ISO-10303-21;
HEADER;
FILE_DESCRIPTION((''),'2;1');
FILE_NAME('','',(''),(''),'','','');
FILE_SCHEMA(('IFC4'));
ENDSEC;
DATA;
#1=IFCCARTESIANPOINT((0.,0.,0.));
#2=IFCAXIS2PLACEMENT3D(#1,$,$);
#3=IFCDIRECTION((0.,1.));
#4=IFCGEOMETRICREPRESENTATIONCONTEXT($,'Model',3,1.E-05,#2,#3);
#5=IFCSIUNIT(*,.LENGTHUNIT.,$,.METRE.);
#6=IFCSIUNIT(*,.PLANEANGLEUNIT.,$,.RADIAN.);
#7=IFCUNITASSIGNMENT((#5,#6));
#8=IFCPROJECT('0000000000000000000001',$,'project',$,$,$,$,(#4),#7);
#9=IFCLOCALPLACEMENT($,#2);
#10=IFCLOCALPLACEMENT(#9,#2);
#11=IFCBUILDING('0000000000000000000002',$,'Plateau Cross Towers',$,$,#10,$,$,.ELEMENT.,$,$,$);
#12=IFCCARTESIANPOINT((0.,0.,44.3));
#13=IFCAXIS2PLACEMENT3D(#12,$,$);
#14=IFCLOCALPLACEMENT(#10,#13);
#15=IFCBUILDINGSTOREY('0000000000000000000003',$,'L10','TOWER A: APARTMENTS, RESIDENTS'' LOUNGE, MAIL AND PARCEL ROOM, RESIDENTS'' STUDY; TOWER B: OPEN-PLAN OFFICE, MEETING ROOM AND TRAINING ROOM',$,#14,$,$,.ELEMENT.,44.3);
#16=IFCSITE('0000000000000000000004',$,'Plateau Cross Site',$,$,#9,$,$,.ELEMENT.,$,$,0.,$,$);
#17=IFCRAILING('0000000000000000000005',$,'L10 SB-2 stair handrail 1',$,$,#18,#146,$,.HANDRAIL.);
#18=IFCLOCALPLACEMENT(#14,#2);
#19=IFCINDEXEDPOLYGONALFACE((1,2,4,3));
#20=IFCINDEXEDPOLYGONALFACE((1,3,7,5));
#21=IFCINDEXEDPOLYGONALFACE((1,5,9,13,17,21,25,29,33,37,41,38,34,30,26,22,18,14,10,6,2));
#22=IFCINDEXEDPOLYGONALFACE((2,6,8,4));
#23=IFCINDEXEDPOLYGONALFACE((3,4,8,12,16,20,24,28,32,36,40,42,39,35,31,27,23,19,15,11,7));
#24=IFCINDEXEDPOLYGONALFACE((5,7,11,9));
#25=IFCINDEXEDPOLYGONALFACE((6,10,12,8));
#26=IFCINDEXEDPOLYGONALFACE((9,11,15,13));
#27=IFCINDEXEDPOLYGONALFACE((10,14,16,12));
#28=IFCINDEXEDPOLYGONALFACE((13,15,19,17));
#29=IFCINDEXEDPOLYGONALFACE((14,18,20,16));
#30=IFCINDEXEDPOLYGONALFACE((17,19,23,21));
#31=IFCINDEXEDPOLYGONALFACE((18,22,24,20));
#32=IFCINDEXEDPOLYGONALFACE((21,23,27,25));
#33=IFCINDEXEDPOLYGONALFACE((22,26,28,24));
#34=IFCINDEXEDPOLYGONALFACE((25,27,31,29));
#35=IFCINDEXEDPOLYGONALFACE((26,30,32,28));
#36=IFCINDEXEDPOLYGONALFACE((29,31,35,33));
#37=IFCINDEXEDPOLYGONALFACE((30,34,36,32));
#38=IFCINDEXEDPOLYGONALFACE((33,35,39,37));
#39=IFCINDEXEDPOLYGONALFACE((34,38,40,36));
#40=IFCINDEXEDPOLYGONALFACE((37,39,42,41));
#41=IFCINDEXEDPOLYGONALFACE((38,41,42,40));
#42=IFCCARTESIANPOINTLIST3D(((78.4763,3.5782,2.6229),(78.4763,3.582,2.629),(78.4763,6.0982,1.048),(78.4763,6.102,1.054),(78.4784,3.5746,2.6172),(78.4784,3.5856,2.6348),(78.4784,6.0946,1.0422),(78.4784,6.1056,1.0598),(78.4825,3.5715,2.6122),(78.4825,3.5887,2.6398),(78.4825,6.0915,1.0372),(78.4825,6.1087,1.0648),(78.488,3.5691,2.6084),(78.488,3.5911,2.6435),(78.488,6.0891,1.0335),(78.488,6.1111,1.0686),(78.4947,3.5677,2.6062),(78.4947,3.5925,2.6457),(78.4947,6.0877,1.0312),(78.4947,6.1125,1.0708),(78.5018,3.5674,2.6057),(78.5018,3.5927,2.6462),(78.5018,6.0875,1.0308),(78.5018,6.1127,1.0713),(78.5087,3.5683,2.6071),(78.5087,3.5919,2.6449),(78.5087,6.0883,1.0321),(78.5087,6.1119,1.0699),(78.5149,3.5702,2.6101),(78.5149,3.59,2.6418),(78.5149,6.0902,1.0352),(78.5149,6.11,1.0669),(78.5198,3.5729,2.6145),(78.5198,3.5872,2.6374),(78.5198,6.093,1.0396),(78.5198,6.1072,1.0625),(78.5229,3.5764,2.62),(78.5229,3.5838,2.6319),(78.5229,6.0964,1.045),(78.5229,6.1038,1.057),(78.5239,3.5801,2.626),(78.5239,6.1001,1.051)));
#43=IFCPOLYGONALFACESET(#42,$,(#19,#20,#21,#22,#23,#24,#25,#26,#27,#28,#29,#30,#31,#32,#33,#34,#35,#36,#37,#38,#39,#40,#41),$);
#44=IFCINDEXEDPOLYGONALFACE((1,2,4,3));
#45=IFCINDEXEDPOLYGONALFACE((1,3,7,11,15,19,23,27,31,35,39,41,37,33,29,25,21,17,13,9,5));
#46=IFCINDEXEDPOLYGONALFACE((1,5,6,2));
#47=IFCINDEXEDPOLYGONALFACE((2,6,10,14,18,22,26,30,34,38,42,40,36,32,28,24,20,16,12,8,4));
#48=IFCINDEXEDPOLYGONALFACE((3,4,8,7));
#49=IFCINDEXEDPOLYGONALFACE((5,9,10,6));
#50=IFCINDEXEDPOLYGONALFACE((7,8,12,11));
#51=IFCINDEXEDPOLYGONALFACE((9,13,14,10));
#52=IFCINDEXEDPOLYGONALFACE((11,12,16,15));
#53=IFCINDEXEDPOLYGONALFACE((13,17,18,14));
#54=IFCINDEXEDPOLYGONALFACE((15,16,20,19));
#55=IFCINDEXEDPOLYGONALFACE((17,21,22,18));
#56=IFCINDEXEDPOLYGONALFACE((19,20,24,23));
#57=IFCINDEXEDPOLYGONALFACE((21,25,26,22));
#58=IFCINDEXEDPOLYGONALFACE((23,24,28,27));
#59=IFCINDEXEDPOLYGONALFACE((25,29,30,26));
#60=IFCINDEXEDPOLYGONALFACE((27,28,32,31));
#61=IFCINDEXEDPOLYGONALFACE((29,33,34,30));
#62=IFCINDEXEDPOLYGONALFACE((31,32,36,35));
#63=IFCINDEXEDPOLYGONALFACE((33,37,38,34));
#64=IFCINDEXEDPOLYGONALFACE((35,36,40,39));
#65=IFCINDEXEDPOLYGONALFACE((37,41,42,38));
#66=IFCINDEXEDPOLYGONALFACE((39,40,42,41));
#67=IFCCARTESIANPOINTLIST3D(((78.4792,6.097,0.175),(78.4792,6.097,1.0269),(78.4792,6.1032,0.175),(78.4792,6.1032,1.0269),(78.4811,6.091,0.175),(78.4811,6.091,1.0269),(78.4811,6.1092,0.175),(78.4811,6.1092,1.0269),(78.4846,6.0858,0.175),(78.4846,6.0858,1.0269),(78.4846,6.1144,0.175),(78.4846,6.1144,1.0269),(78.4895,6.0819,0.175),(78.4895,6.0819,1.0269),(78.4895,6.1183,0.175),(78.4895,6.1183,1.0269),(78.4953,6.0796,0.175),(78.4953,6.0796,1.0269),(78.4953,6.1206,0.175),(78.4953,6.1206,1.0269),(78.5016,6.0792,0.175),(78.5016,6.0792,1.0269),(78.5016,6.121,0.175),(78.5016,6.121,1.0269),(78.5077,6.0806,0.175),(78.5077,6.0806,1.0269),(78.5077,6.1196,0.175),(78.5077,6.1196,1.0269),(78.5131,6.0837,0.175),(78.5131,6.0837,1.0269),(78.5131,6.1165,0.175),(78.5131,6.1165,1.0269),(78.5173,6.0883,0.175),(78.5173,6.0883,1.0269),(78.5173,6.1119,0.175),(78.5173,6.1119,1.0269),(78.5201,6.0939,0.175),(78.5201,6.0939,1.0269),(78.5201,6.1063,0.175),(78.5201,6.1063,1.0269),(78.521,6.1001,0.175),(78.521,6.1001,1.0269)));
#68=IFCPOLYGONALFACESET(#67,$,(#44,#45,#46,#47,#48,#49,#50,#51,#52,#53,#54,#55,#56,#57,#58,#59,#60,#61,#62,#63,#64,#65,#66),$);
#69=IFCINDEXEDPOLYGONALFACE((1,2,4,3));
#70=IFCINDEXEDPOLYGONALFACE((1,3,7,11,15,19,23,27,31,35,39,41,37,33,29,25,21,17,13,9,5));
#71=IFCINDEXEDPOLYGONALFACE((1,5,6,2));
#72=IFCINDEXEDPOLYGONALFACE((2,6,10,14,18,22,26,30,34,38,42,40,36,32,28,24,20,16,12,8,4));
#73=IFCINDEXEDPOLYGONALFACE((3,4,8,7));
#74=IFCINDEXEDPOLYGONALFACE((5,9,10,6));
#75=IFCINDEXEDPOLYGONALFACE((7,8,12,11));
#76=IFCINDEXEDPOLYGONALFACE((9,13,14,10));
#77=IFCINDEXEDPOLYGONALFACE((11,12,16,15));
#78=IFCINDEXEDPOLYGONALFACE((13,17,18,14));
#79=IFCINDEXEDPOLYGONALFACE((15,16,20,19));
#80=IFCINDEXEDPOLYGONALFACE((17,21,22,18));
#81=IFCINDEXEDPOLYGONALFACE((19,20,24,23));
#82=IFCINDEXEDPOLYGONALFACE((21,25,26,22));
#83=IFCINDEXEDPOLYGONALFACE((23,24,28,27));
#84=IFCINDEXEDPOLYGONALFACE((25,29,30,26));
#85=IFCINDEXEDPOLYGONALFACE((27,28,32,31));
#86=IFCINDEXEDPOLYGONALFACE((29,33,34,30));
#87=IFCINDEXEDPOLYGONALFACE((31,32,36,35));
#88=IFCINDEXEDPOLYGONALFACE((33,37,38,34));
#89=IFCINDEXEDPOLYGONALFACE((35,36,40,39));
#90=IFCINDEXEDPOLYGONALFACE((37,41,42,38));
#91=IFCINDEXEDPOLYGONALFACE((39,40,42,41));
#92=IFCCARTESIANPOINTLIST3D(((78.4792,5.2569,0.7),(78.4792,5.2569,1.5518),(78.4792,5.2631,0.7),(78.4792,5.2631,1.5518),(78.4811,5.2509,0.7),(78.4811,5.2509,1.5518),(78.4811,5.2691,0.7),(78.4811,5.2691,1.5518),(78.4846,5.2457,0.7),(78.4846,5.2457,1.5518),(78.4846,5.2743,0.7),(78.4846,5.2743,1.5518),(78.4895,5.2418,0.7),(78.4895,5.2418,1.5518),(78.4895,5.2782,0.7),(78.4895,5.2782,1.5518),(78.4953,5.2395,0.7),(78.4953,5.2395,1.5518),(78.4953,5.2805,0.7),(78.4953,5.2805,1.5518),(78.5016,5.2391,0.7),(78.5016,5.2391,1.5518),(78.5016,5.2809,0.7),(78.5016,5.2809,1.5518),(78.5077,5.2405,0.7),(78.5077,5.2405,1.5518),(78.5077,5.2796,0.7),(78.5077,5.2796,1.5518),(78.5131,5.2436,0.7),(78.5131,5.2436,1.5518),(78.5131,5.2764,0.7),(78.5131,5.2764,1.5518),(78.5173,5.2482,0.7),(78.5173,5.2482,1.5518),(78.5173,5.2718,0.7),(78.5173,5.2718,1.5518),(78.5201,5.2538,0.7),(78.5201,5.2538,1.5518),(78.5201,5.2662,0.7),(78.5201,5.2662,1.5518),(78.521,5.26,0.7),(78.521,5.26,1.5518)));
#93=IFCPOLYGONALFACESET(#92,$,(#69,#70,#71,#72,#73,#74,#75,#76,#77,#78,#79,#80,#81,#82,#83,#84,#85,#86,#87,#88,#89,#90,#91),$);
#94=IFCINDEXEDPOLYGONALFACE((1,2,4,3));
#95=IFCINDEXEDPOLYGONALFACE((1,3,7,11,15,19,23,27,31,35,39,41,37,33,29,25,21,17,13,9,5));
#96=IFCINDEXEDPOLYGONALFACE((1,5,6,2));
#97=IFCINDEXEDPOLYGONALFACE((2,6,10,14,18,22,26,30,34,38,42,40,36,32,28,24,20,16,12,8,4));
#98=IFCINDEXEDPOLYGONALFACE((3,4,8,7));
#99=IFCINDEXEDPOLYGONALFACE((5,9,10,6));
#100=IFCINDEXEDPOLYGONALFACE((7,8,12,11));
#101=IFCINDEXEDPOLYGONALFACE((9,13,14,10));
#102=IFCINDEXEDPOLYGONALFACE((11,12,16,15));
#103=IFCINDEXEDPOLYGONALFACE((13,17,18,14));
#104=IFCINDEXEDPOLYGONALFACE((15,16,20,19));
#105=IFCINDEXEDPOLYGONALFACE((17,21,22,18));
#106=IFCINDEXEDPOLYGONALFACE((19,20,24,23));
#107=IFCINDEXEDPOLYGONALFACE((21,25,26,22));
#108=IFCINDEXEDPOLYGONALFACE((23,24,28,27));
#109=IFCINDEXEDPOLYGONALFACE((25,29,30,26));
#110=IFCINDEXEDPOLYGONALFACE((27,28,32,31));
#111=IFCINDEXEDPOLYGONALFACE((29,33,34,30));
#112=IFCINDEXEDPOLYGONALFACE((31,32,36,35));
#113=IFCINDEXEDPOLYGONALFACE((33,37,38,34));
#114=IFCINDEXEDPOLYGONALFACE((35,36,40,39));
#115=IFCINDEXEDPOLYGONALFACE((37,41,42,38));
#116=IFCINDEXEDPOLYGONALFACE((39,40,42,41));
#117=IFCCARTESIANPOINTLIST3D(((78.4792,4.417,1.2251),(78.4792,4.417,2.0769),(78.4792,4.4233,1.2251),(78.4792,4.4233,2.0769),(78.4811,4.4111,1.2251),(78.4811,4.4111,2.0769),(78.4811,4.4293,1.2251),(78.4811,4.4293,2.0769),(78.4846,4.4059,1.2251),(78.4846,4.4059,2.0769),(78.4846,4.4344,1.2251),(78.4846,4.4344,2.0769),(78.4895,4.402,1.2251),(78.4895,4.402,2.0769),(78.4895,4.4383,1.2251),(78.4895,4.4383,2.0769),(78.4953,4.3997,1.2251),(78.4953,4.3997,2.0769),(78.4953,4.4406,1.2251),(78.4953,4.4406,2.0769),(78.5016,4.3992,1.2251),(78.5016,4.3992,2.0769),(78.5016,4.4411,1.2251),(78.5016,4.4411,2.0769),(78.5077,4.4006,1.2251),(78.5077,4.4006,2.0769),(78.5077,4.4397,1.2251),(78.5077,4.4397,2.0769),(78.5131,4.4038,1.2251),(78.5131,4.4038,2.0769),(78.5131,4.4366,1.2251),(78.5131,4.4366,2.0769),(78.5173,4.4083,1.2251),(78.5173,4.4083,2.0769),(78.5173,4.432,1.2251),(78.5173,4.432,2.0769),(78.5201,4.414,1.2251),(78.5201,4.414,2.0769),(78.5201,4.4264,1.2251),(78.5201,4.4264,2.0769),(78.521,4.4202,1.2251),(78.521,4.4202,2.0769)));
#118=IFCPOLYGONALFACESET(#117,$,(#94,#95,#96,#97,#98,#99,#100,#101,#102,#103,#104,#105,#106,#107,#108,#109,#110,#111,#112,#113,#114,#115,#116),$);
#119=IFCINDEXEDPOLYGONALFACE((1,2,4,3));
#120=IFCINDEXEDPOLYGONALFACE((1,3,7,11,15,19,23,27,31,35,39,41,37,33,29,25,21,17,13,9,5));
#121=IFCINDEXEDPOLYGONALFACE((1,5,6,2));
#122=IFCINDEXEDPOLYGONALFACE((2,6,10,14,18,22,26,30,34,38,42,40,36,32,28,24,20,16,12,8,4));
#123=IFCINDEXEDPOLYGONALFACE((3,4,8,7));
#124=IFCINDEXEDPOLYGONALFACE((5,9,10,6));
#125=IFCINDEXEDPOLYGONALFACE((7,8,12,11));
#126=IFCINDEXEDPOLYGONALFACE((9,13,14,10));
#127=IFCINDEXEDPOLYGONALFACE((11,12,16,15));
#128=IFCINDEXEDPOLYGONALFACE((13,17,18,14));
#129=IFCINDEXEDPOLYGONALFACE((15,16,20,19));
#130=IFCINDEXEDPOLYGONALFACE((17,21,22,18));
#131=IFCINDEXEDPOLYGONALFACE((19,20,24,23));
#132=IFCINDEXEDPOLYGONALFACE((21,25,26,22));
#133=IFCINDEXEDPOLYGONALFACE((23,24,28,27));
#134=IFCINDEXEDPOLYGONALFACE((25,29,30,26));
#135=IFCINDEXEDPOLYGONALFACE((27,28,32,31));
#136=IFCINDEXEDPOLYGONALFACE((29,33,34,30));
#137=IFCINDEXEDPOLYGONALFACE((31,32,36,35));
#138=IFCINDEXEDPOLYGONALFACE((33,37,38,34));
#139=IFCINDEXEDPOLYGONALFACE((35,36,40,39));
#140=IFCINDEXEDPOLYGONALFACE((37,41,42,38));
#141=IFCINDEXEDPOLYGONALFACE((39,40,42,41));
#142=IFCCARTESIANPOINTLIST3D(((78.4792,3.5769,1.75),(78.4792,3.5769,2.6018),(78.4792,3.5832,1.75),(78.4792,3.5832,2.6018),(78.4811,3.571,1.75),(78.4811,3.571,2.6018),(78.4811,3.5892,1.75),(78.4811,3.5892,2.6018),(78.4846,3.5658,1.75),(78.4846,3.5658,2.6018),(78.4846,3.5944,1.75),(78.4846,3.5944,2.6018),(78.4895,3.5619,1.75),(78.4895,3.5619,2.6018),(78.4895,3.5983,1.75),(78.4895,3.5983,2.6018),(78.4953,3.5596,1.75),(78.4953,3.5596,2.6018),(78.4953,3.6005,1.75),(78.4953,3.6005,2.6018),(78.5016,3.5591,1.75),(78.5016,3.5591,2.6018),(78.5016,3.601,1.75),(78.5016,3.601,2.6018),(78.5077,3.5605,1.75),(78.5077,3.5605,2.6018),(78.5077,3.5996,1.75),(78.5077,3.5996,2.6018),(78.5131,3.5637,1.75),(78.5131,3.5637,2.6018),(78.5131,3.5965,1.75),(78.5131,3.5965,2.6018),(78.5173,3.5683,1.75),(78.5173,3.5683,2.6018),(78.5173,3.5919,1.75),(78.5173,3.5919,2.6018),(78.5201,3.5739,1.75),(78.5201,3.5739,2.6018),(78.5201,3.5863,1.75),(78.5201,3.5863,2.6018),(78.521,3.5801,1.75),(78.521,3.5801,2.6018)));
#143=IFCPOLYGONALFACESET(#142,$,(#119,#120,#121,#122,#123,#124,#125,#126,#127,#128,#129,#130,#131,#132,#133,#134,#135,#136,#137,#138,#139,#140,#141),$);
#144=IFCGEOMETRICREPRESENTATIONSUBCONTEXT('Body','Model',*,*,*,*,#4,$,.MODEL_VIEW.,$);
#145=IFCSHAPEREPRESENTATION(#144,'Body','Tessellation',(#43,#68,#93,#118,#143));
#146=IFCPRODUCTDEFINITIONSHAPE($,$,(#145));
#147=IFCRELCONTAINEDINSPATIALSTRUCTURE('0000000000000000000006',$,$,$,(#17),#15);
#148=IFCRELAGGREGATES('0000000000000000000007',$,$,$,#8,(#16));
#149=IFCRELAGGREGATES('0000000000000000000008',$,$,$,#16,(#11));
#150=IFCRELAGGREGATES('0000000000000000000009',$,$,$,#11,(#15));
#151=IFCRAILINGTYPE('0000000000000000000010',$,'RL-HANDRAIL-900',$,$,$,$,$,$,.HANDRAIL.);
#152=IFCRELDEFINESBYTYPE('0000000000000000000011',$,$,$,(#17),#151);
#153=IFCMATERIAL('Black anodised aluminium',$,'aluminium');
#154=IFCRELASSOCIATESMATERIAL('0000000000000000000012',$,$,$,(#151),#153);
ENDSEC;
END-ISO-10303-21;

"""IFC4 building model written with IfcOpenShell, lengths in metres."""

from ifc_helpers import new_model, si_unit, direction, frame, origin, origin_2d, place, context, subcontext, project, spatial, circle, extrude, material, type_object, element, save


model = new_model("IFC4")

# Units and contexts
model_context = context("Model", 3, precision=1e-05, world=origin(), true_north=direction((0.0, 1.0)))
body_context = subcontext(model_context, "Body", "Model", "MODEL_VIEW")
ifc_project = project(units=[si_unit("LENGTHUNIT", "METRE"), si_unit("PLANEANGLEUNIT", "RADIAN")], contexts=[model_context])

# Site, building, storey
site_placement = place(None, origin())
site = spatial("IfcSite", under=ifc_project, at=site_placement, Name="Plateau Cross Site", CompositionType="ELEMENT", RefElevation=0.0)
building_placement = place(site_placement, origin())
building = spatial("IfcBuilding", under=site, at=building_placement, Name="Plateau Cross Towers", CompositionType="ELEMENT")
storey_placement = place(building_placement, frame((0.0, 0.0, 44.3)))
storey = spatial("IfcBuildingStorey", under=building, at=storey_placement, Name="L10", Description="TOWER A: APARTMENTS, RESIDENTS' LOUNGE, MAIL AND PARCEL ROOM, RESIDENTS' STUDY; TOWER B: OPEN-PLAN OFFICE, MEETING ROOM AND TRAINING ROOM", CompositionType="ELEMENT", Elevation=44.3)

# Railing
ifc_material_1 = material(Name="Black anodised aluminium", Category="aluminium")
railing_type_1 = type_object("IfcRailingType", Name="RL-HANDRAIL-900", PredefinedType="HANDRAIL", material=ifc_material_1)
railing_1_placement = place(storey_placement, frame((78.5, 6.1001, 0.175)))
element("IfcRailing", 1, at=railing_1_placement, inside=storey, type_object=railing_type_1, Name="L10 SB-2 stair handrail 1", PredefinedType="HANDRAIL", context=body_context, shape_type="SweptSolid", body=[
    extrude(circle(Radius=0.0239, at=origin_2d()), frame((0.0, 0.0, 0.876), z_axis=(0.0, -0.848008, 0.529984), x_axis=(1.0, 0.0, 0.0)), (0.0, 0.0, 1.0), 2.9717),
    extrude(circle(Radius=0.021, at=origin_2d()), origin(), (0.0, 0.0, 1.0), 0.8518),
    extrude(circle(Radius=0.021, at=origin_2d()), frame((0.0, -0.8401, 0.5249)), (0.0, 0.0, 1.0), 0.8518),
    extrude(circle(Radius=0.021, at=origin_2d()), frame((0.0, -1.6799, 1.05)), (0.0, 0.0, 1.0), 0.8518),
    extrude(circle(Radius=0.021, at=origin_2d()), frame((0.0, -2.52, 1.575)), (0.0, 0.0, 1.0), 0.8518),
])

save(model, "model.ifc")
